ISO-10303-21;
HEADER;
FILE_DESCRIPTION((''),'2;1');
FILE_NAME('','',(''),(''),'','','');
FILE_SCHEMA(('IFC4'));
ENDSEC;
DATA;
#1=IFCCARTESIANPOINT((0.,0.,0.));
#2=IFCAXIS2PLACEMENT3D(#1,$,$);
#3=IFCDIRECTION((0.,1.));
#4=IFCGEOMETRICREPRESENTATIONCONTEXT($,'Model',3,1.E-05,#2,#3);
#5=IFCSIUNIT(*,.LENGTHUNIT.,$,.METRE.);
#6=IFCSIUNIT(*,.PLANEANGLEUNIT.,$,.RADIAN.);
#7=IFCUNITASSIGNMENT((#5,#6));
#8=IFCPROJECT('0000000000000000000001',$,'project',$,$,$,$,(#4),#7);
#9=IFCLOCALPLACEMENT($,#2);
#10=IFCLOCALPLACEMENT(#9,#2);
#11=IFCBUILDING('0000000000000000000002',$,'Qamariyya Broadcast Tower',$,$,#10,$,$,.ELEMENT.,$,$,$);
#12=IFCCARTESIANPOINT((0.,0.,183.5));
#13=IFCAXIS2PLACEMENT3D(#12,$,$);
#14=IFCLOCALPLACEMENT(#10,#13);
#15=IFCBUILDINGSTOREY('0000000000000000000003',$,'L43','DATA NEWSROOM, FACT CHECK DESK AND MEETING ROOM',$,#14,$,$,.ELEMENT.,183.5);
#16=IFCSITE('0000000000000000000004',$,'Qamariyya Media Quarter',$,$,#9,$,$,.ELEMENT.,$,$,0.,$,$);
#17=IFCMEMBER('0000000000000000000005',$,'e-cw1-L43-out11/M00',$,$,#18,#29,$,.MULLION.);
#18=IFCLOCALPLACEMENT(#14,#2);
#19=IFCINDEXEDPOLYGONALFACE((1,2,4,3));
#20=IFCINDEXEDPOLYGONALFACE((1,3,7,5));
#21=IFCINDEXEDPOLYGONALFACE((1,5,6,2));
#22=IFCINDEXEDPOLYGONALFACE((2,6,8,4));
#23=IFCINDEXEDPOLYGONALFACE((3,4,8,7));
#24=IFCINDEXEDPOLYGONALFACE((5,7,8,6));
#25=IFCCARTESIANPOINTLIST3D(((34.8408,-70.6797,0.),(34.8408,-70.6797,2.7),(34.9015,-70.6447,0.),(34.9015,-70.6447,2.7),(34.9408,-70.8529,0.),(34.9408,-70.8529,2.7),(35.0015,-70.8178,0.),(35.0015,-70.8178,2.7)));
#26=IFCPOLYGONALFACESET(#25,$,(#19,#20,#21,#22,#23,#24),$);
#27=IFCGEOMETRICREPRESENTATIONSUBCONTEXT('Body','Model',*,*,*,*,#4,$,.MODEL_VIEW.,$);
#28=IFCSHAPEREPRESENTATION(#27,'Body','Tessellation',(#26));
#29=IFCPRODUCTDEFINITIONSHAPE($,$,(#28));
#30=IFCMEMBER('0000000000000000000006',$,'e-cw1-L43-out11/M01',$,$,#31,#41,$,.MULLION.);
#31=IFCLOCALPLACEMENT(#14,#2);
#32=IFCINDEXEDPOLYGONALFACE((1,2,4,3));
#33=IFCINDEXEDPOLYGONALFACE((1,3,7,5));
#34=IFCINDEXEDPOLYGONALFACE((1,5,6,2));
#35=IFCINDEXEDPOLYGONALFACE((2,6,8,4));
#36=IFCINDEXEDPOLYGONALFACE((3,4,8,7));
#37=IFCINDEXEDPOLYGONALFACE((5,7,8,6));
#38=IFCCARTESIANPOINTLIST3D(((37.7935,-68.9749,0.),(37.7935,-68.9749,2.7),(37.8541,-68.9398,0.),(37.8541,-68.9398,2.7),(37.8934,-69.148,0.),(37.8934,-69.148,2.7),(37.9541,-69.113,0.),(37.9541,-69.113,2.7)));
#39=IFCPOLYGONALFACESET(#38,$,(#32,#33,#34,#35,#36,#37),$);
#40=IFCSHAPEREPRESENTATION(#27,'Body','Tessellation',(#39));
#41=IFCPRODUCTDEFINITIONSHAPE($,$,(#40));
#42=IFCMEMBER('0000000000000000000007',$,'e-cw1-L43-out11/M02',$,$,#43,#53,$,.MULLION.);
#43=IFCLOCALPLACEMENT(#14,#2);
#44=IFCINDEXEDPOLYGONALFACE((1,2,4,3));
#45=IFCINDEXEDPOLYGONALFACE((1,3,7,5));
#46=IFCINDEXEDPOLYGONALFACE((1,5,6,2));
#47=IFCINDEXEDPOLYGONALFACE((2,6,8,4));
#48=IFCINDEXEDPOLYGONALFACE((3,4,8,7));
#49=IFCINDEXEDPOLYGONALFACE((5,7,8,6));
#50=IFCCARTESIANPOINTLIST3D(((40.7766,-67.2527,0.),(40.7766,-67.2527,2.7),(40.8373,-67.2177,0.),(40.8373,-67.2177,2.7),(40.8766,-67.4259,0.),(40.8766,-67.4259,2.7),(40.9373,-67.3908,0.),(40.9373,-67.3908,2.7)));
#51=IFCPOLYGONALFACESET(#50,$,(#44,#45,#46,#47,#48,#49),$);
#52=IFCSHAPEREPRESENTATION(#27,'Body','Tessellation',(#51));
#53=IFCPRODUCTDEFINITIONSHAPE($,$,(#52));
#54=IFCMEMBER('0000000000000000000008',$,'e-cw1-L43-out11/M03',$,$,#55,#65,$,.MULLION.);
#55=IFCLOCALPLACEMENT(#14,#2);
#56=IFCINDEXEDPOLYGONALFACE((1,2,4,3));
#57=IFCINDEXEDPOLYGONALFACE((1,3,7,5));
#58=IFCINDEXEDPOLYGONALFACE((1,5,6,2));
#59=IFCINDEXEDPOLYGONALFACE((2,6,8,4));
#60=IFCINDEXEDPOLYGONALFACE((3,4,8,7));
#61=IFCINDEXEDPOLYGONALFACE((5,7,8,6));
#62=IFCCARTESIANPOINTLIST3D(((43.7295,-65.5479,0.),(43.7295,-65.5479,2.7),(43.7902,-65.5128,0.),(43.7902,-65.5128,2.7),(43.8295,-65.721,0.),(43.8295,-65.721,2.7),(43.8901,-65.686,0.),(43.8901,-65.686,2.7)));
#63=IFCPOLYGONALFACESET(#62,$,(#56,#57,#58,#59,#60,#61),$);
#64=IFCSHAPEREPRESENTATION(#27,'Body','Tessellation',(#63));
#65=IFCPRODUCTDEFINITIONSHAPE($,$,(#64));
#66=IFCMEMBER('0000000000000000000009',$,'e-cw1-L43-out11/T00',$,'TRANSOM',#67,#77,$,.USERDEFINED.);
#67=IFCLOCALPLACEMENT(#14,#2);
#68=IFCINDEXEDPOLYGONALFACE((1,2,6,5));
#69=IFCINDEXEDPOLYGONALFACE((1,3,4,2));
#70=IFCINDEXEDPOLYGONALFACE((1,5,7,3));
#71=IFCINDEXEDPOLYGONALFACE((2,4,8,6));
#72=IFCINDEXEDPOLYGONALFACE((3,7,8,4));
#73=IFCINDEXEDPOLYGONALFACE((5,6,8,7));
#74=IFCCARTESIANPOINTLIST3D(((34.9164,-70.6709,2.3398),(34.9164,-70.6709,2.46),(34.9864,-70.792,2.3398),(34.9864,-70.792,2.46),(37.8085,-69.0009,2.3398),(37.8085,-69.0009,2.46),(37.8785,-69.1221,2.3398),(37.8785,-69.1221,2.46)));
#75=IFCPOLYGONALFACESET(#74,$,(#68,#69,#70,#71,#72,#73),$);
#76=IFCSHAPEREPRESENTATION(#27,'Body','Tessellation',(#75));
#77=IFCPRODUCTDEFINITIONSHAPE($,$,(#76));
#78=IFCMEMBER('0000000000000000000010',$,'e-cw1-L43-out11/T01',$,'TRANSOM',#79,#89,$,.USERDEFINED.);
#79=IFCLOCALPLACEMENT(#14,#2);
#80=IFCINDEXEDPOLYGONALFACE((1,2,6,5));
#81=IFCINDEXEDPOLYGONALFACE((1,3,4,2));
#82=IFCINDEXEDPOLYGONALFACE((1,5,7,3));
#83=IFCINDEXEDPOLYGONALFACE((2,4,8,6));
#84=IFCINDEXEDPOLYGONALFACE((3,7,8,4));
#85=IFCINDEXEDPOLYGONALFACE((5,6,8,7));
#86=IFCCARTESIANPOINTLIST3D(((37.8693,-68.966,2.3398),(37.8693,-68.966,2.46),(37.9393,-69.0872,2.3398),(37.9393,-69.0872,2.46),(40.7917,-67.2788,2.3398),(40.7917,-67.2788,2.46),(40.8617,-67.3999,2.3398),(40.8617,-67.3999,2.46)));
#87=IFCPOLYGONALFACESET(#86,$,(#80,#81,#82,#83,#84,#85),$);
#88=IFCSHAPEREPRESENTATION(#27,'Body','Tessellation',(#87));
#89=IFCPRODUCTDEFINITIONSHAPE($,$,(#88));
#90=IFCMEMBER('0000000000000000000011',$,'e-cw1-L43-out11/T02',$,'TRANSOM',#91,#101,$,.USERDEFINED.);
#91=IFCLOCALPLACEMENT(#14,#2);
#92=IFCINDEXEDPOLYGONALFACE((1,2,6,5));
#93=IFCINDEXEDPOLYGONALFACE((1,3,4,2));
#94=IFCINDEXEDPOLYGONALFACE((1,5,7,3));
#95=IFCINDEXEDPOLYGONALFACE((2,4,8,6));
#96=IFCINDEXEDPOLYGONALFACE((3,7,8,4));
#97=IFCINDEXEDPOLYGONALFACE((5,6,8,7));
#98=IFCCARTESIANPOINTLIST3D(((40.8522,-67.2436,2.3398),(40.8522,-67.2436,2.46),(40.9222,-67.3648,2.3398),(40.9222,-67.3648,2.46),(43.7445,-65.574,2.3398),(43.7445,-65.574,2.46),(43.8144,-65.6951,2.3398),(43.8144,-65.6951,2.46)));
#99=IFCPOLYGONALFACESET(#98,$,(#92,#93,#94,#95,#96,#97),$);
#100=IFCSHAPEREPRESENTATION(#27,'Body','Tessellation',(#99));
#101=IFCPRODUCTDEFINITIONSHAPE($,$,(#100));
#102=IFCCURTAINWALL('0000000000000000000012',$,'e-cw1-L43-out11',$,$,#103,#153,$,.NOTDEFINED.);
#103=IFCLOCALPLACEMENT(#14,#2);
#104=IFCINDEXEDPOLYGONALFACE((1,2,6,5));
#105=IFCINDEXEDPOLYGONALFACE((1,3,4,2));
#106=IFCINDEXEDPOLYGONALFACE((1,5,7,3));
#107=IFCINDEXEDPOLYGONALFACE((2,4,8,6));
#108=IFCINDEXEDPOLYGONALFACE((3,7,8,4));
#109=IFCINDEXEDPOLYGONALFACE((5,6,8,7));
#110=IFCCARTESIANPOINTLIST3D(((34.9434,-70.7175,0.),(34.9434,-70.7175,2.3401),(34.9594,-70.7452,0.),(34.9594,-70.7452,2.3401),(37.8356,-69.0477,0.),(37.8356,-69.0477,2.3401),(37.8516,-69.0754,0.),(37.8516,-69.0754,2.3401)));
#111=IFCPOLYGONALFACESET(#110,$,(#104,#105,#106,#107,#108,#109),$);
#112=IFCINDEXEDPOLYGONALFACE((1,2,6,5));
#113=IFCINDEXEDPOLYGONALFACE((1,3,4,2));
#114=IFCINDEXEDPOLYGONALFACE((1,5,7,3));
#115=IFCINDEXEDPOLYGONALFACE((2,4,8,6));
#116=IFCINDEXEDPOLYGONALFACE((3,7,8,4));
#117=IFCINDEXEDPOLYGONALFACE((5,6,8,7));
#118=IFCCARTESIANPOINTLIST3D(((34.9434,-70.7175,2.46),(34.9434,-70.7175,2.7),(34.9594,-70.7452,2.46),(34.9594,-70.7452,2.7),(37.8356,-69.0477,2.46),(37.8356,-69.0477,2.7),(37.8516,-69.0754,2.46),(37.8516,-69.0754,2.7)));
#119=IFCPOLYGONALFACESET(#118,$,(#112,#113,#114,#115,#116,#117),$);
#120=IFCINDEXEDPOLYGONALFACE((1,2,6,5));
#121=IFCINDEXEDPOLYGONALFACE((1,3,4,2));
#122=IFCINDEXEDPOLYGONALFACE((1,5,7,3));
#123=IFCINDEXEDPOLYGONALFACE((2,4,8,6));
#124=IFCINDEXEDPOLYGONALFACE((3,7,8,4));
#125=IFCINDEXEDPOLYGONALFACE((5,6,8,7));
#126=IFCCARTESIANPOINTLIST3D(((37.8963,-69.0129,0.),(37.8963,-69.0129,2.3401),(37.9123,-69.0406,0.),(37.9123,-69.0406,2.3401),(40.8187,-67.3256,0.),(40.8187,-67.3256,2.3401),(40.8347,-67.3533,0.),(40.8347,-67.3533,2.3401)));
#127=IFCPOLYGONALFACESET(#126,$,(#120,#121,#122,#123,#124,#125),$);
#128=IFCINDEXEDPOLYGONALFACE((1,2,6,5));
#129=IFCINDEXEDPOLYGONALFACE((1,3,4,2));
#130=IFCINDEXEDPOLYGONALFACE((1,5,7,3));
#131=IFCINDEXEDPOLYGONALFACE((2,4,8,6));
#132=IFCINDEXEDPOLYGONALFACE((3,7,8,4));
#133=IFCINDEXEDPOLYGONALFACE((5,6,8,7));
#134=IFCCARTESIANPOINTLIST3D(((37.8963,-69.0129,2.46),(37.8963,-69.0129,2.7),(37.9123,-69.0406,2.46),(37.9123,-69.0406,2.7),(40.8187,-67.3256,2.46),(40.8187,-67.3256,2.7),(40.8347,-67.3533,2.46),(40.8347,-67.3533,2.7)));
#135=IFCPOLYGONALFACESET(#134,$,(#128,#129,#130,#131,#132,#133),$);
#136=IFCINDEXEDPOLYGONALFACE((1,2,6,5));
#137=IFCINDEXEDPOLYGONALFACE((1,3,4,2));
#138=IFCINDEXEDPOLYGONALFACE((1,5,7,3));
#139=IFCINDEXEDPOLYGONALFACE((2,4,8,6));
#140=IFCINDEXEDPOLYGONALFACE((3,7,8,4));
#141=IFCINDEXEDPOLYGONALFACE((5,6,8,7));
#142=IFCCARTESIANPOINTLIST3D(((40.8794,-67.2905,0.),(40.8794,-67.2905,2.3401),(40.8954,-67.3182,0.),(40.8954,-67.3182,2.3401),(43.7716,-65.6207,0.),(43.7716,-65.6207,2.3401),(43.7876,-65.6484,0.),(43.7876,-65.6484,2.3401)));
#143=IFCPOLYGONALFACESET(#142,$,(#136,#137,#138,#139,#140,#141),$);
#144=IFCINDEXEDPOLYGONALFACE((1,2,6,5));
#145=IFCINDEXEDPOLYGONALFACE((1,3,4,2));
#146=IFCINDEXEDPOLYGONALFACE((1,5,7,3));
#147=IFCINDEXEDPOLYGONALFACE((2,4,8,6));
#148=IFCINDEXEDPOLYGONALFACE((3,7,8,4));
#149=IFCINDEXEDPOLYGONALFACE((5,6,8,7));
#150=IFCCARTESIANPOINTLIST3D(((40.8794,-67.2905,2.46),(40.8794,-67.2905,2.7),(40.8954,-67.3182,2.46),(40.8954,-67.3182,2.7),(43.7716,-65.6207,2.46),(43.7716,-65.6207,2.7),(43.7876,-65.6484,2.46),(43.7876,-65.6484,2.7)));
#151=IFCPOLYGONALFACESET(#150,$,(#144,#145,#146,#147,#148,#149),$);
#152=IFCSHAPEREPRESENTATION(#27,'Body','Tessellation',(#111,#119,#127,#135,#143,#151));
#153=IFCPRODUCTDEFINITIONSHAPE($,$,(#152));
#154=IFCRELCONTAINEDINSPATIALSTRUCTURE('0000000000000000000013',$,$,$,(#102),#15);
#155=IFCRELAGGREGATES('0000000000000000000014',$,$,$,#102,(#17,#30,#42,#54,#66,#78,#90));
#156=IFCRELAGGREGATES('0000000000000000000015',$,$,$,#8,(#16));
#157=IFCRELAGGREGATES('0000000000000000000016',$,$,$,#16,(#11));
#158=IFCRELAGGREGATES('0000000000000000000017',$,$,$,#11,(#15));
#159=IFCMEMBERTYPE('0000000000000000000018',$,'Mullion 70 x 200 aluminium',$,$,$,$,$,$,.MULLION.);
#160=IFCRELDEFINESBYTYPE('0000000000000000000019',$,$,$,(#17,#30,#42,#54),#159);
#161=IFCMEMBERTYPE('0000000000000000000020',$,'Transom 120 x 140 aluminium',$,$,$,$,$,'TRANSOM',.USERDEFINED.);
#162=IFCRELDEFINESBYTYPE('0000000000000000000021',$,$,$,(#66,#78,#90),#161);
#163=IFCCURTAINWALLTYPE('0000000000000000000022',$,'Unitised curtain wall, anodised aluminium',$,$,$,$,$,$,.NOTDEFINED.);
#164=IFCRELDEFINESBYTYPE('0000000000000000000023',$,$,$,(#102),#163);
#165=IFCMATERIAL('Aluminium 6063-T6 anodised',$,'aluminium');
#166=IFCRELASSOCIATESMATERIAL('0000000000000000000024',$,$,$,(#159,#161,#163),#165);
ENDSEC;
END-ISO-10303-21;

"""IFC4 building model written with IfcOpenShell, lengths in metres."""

from ifc_helpers import new_model, si_unit, direction, frame, origin, origin_2d, place, context, subcontext, project, spatial, rectangle, extrude, material, material_profile, profile_set, type_object, element, aggregate, save


model = new_model("IFC4")

# Units and contexts
model_context = context("Model", 3, precision=1e-05, world=origin(), true_north=direction((0.0, 1.0)))
body_context = subcontext(model_context, "Body", "Model", "MODEL_VIEW")
ifc_project = project(units=[si_unit("LENGTHUNIT", "METRE"), si_unit("PLANEANGLEUNIT", "RADIAN")], contexts=[model_context])

# Members
ifc_material = material(Name="Aluminium 6063-T6 anodised", Category="aluminium")
ifc_material_profile_1 = material_profile(ifc_material, rectangle(XDim=0.2, YDim=0.0701, at=origin_2d()))
ifc_profile_set_1 = profile_set([ifc_material_profile_1], Name="Aluminium 6063-T6 anodised")
member_type_1 = type_object("IfcMemberType", Name="Mullion 70 x 200 aluminium", PredefinedType="MULLION", material=ifc_profile_set_1)
site_placement = place(None, origin())
building_placement = place(site_placement, origin())
storey_placement = place(building_placement, frame((0.0, 0.0, 183.5)))
member_1_placement = place(storey_placement, frame((34.9211, -70.7488, 0.0), z_axis=(0.0, 0.0, 1.0), x_axis=(-0.5, 0.866025, 0.0)))
member_1 = element("IfcMember", 1, at=member_1_placement, type_object=member_type_1, Name="e-cw1-L43-out11/M00", PredefinedType="MULLION", context=body_context, shape_type="SweptSolid", body=[
    extrude(rectangle(XDim=0.2, YDim=0.0701, at=origin_2d()), origin(), (0.0, 0.0, 1.0), 2.7),
])
member_2_placement = place(storey_placement, frame((37.8738, -69.0439, 0.0), z_axis=(0.0, 0.0, 1.0), x_axis=(-0.5, 0.866025, 0.0)))
member_2 = element("IfcMember", 2, at=member_2_placement, type_object=member_type_1, Name="e-cw1-L43-out11/M01", PredefinedType="MULLION", context=body_context, shape_type="SweptSolid", body=[
    extrude(rectangle(XDim=0.2, YDim=0.0701, at=origin_2d()), origin(), (0.0, 0.0, 1.0), 2.7),
])
member_3_placement = place(storey_placement, frame((40.8569, -67.3218, 0.0), z_axis=(0.0, 0.0, 1.0), x_axis=(-0.5, 0.866025, 0.0)))
member_3 = element("IfcMember", 3, at=member_3_placement, type_object=member_type_1, Name="e-cw1-L43-out11/M02", PredefinedType="MULLION", context=body_context, shape_type="SweptSolid", body=[
    extrude(rectangle(XDim=0.2, YDim=0.0701, at=origin_2d()), origin(), (0.0, 0.0, 1.0), 2.7),
])
member_4_placement = place(storey_placement, frame((43.8098, -65.6169, 0.0), z_axis=(0.0, 0.0, 1.0), x_axis=(-0.5, 0.866025, 0.0)))
member_4 = element("IfcMember", 4, at=member_4_placement, type_object=member_type_1, Name="e-cw1-L43-out11/M03", PredefinedType="MULLION", context=body_context, shape_type="SweptSolid", body=[
    extrude(rectangle(XDim=0.2, YDim=0.0701, at=origin_2d()), origin(), (0.0, 0.0, 1.0), 2.7),
])
ifc_material_profile_2 = material_profile(ifc_material, rectangle(XDim=0.1399, YDim=0.1201, at=origin_2d()))
ifc_profile_set_2 = profile_set([ifc_material_profile_2], Name="Aluminium 6063-T6 anodised")
member_type_2 = type_object("IfcMemberType", Name="Transom 120 x 140 aluminium", ElementType="TRANSOM", PredefinedType="USERDEFINED", material=ifc_profile_set_2)
member_5_placement = place(storey_placement, frame((34.9514, -70.7314, 2.3999), z_axis=(0.866003, 0.500039, 0.0), x_axis=(-0.500039, 0.866003, 0.0)))
member_5 = element("IfcMember", 5, at=member_5_placement, type_object=member_type_2, Name="e-cw1-L43-out11/T00", ObjectType="TRANSOM", PredefinedType="USERDEFINED", context=body_context, shape_type="SweptSolid", body=[
    extrude(rectangle(XDim=0.1399, YDim=0.1201, at=origin_2d()), origin(), (0.0, 0.0, 1.0), 3.3396),
])
member_6_placement = place(storey_placement, frame((37.9043, -69.0266, 2.3999), z_axis=(0.866022, 0.500006, 0.0), x_axis=(-0.500006, 0.866022, 0.0)))
member_6 = element("IfcMember", 6, at=member_6_placement, type_object=member_type_2, Name="e-cw1-L43-out11/T01", ObjectType="TRANSOM", PredefinedType="USERDEFINED", context=body_context, shape_type="SweptSolid", body=[
    extrude(rectangle(XDim=0.1399, YDim=0.1201, at=origin_2d()), origin(), (0.0, 0.0, 1.0), 3.3745),
])
member_7_placement = place(storey_placement, frame((40.8872, -67.3042, 2.3999), z_axis=(0.866053, 0.499952, 0.0), x_axis=(-0.499952, 0.866053, 0.0)))
member_7 = element("IfcMember", 7, at=member_7_placement, type_object=member_type_2, Name="e-cw1-L43-out11/T02", ObjectType="TRANSOM", PredefinedType="USERDEFINED", context=body_context, shape_type="SweptSolid", body=[
    extrude(rectangle(XDim=0.1399, YDim=0.1201, at=origin_2d()), origin(), (0.0, 0.0, 1.0), 3.3396),
])

# Site, building, storey
site = spatial("IfcSite", under=ifc_project, at=site_placement, Name="Qamariyya Media Quarter", CompositionType="ELEMENT", RefElevation=0.0)
building = spatial("IfcBuilding", under=site, at=building_placement, Name="Qamariyya Broadcast Tower", CompositionType="ELEMENT")
storey = spatial("IfcBuildingStorey", under=building, at=storey_placement, Name="L43", Description="DATA NEWSROOM, FACT CHECK DESK AND MEETING ROOM", CompositionType="ELEMENT", Elevation=183.5)

# Curtain wall
curtain_wall_type = type_object("IfcCurtainWallType", Name="Unitised curtain wall, anodised aluminium", PredefinedType="NOTDEFINED", material=ifc_material)
curtain_wall_1_placement = place(storey_placement, origin())
curtain_wall_1 = element("IfcCurtainWall", 8, at=curtain_wall_1_placement, inside=storey, type_object=curtain_wall_type, Name="e-cw1-L43-out11", PredefinedType="NOTDEFINED", context=body_context, shape_type="SweptSolid", body=[
    extrude(rectangle(XDim=3.3396, YDim=0.032, at=origin_2d()), frame((36.3975, -69.8965, 0.0), x_axis=(0.866029, 0.499994, 0.0)), (0.0, 0.0, 1.0), 2.3401),
    extrude(rectangle(XDim=3.3396, YDim=0.032, at=origin_2d()), frame((36.3975, -69.8965, 2.46), x_axis=(0.866029, 0.499994, 0.0)), (0.0, 0.0, 1.0), 0.24),
    extrude(rectangle(XDim=3.3745, YDim=0.032, at=origin_2d()), frame((39.3655, -68.1831, 0.0), x_axis=(0.866029, 0.499994, 0.0)), (0.0, 0.0, 1.0), 2.3401),
    extrude(rectangle(XDim=3.3745, YDim=0.032, at=origin_2d()), frame((39.3655, -68.1831, 2.46), x_axis=(0.866029, 0.499994, 0.0)), (0.0, 0.0, 1.0), 0.24),
    extrude(rectangle(XDim=3.3396, YDim=0.032, at=origin_2d()), frame((42.3335, -66.4695, 0.0), x_axis=(0.866029, 0.499994, 0.0)), (0.0, 0.0, 1.0), 2.3401),
    extrude(rectangle(XDim=3.3396, YDim=0.032, at=origin_2d()), frame((42.3335, -66.4695, 2.46), x_axis=(0.866029, 0.499994, 0.0)), (0.0, 0.0, 1.0), 0.24),
])
aggregate(curtain_wall_1, [member_1, member_2, member_3, member_4, member_5, member_6, member_7])

save(model, "model.ifc")
